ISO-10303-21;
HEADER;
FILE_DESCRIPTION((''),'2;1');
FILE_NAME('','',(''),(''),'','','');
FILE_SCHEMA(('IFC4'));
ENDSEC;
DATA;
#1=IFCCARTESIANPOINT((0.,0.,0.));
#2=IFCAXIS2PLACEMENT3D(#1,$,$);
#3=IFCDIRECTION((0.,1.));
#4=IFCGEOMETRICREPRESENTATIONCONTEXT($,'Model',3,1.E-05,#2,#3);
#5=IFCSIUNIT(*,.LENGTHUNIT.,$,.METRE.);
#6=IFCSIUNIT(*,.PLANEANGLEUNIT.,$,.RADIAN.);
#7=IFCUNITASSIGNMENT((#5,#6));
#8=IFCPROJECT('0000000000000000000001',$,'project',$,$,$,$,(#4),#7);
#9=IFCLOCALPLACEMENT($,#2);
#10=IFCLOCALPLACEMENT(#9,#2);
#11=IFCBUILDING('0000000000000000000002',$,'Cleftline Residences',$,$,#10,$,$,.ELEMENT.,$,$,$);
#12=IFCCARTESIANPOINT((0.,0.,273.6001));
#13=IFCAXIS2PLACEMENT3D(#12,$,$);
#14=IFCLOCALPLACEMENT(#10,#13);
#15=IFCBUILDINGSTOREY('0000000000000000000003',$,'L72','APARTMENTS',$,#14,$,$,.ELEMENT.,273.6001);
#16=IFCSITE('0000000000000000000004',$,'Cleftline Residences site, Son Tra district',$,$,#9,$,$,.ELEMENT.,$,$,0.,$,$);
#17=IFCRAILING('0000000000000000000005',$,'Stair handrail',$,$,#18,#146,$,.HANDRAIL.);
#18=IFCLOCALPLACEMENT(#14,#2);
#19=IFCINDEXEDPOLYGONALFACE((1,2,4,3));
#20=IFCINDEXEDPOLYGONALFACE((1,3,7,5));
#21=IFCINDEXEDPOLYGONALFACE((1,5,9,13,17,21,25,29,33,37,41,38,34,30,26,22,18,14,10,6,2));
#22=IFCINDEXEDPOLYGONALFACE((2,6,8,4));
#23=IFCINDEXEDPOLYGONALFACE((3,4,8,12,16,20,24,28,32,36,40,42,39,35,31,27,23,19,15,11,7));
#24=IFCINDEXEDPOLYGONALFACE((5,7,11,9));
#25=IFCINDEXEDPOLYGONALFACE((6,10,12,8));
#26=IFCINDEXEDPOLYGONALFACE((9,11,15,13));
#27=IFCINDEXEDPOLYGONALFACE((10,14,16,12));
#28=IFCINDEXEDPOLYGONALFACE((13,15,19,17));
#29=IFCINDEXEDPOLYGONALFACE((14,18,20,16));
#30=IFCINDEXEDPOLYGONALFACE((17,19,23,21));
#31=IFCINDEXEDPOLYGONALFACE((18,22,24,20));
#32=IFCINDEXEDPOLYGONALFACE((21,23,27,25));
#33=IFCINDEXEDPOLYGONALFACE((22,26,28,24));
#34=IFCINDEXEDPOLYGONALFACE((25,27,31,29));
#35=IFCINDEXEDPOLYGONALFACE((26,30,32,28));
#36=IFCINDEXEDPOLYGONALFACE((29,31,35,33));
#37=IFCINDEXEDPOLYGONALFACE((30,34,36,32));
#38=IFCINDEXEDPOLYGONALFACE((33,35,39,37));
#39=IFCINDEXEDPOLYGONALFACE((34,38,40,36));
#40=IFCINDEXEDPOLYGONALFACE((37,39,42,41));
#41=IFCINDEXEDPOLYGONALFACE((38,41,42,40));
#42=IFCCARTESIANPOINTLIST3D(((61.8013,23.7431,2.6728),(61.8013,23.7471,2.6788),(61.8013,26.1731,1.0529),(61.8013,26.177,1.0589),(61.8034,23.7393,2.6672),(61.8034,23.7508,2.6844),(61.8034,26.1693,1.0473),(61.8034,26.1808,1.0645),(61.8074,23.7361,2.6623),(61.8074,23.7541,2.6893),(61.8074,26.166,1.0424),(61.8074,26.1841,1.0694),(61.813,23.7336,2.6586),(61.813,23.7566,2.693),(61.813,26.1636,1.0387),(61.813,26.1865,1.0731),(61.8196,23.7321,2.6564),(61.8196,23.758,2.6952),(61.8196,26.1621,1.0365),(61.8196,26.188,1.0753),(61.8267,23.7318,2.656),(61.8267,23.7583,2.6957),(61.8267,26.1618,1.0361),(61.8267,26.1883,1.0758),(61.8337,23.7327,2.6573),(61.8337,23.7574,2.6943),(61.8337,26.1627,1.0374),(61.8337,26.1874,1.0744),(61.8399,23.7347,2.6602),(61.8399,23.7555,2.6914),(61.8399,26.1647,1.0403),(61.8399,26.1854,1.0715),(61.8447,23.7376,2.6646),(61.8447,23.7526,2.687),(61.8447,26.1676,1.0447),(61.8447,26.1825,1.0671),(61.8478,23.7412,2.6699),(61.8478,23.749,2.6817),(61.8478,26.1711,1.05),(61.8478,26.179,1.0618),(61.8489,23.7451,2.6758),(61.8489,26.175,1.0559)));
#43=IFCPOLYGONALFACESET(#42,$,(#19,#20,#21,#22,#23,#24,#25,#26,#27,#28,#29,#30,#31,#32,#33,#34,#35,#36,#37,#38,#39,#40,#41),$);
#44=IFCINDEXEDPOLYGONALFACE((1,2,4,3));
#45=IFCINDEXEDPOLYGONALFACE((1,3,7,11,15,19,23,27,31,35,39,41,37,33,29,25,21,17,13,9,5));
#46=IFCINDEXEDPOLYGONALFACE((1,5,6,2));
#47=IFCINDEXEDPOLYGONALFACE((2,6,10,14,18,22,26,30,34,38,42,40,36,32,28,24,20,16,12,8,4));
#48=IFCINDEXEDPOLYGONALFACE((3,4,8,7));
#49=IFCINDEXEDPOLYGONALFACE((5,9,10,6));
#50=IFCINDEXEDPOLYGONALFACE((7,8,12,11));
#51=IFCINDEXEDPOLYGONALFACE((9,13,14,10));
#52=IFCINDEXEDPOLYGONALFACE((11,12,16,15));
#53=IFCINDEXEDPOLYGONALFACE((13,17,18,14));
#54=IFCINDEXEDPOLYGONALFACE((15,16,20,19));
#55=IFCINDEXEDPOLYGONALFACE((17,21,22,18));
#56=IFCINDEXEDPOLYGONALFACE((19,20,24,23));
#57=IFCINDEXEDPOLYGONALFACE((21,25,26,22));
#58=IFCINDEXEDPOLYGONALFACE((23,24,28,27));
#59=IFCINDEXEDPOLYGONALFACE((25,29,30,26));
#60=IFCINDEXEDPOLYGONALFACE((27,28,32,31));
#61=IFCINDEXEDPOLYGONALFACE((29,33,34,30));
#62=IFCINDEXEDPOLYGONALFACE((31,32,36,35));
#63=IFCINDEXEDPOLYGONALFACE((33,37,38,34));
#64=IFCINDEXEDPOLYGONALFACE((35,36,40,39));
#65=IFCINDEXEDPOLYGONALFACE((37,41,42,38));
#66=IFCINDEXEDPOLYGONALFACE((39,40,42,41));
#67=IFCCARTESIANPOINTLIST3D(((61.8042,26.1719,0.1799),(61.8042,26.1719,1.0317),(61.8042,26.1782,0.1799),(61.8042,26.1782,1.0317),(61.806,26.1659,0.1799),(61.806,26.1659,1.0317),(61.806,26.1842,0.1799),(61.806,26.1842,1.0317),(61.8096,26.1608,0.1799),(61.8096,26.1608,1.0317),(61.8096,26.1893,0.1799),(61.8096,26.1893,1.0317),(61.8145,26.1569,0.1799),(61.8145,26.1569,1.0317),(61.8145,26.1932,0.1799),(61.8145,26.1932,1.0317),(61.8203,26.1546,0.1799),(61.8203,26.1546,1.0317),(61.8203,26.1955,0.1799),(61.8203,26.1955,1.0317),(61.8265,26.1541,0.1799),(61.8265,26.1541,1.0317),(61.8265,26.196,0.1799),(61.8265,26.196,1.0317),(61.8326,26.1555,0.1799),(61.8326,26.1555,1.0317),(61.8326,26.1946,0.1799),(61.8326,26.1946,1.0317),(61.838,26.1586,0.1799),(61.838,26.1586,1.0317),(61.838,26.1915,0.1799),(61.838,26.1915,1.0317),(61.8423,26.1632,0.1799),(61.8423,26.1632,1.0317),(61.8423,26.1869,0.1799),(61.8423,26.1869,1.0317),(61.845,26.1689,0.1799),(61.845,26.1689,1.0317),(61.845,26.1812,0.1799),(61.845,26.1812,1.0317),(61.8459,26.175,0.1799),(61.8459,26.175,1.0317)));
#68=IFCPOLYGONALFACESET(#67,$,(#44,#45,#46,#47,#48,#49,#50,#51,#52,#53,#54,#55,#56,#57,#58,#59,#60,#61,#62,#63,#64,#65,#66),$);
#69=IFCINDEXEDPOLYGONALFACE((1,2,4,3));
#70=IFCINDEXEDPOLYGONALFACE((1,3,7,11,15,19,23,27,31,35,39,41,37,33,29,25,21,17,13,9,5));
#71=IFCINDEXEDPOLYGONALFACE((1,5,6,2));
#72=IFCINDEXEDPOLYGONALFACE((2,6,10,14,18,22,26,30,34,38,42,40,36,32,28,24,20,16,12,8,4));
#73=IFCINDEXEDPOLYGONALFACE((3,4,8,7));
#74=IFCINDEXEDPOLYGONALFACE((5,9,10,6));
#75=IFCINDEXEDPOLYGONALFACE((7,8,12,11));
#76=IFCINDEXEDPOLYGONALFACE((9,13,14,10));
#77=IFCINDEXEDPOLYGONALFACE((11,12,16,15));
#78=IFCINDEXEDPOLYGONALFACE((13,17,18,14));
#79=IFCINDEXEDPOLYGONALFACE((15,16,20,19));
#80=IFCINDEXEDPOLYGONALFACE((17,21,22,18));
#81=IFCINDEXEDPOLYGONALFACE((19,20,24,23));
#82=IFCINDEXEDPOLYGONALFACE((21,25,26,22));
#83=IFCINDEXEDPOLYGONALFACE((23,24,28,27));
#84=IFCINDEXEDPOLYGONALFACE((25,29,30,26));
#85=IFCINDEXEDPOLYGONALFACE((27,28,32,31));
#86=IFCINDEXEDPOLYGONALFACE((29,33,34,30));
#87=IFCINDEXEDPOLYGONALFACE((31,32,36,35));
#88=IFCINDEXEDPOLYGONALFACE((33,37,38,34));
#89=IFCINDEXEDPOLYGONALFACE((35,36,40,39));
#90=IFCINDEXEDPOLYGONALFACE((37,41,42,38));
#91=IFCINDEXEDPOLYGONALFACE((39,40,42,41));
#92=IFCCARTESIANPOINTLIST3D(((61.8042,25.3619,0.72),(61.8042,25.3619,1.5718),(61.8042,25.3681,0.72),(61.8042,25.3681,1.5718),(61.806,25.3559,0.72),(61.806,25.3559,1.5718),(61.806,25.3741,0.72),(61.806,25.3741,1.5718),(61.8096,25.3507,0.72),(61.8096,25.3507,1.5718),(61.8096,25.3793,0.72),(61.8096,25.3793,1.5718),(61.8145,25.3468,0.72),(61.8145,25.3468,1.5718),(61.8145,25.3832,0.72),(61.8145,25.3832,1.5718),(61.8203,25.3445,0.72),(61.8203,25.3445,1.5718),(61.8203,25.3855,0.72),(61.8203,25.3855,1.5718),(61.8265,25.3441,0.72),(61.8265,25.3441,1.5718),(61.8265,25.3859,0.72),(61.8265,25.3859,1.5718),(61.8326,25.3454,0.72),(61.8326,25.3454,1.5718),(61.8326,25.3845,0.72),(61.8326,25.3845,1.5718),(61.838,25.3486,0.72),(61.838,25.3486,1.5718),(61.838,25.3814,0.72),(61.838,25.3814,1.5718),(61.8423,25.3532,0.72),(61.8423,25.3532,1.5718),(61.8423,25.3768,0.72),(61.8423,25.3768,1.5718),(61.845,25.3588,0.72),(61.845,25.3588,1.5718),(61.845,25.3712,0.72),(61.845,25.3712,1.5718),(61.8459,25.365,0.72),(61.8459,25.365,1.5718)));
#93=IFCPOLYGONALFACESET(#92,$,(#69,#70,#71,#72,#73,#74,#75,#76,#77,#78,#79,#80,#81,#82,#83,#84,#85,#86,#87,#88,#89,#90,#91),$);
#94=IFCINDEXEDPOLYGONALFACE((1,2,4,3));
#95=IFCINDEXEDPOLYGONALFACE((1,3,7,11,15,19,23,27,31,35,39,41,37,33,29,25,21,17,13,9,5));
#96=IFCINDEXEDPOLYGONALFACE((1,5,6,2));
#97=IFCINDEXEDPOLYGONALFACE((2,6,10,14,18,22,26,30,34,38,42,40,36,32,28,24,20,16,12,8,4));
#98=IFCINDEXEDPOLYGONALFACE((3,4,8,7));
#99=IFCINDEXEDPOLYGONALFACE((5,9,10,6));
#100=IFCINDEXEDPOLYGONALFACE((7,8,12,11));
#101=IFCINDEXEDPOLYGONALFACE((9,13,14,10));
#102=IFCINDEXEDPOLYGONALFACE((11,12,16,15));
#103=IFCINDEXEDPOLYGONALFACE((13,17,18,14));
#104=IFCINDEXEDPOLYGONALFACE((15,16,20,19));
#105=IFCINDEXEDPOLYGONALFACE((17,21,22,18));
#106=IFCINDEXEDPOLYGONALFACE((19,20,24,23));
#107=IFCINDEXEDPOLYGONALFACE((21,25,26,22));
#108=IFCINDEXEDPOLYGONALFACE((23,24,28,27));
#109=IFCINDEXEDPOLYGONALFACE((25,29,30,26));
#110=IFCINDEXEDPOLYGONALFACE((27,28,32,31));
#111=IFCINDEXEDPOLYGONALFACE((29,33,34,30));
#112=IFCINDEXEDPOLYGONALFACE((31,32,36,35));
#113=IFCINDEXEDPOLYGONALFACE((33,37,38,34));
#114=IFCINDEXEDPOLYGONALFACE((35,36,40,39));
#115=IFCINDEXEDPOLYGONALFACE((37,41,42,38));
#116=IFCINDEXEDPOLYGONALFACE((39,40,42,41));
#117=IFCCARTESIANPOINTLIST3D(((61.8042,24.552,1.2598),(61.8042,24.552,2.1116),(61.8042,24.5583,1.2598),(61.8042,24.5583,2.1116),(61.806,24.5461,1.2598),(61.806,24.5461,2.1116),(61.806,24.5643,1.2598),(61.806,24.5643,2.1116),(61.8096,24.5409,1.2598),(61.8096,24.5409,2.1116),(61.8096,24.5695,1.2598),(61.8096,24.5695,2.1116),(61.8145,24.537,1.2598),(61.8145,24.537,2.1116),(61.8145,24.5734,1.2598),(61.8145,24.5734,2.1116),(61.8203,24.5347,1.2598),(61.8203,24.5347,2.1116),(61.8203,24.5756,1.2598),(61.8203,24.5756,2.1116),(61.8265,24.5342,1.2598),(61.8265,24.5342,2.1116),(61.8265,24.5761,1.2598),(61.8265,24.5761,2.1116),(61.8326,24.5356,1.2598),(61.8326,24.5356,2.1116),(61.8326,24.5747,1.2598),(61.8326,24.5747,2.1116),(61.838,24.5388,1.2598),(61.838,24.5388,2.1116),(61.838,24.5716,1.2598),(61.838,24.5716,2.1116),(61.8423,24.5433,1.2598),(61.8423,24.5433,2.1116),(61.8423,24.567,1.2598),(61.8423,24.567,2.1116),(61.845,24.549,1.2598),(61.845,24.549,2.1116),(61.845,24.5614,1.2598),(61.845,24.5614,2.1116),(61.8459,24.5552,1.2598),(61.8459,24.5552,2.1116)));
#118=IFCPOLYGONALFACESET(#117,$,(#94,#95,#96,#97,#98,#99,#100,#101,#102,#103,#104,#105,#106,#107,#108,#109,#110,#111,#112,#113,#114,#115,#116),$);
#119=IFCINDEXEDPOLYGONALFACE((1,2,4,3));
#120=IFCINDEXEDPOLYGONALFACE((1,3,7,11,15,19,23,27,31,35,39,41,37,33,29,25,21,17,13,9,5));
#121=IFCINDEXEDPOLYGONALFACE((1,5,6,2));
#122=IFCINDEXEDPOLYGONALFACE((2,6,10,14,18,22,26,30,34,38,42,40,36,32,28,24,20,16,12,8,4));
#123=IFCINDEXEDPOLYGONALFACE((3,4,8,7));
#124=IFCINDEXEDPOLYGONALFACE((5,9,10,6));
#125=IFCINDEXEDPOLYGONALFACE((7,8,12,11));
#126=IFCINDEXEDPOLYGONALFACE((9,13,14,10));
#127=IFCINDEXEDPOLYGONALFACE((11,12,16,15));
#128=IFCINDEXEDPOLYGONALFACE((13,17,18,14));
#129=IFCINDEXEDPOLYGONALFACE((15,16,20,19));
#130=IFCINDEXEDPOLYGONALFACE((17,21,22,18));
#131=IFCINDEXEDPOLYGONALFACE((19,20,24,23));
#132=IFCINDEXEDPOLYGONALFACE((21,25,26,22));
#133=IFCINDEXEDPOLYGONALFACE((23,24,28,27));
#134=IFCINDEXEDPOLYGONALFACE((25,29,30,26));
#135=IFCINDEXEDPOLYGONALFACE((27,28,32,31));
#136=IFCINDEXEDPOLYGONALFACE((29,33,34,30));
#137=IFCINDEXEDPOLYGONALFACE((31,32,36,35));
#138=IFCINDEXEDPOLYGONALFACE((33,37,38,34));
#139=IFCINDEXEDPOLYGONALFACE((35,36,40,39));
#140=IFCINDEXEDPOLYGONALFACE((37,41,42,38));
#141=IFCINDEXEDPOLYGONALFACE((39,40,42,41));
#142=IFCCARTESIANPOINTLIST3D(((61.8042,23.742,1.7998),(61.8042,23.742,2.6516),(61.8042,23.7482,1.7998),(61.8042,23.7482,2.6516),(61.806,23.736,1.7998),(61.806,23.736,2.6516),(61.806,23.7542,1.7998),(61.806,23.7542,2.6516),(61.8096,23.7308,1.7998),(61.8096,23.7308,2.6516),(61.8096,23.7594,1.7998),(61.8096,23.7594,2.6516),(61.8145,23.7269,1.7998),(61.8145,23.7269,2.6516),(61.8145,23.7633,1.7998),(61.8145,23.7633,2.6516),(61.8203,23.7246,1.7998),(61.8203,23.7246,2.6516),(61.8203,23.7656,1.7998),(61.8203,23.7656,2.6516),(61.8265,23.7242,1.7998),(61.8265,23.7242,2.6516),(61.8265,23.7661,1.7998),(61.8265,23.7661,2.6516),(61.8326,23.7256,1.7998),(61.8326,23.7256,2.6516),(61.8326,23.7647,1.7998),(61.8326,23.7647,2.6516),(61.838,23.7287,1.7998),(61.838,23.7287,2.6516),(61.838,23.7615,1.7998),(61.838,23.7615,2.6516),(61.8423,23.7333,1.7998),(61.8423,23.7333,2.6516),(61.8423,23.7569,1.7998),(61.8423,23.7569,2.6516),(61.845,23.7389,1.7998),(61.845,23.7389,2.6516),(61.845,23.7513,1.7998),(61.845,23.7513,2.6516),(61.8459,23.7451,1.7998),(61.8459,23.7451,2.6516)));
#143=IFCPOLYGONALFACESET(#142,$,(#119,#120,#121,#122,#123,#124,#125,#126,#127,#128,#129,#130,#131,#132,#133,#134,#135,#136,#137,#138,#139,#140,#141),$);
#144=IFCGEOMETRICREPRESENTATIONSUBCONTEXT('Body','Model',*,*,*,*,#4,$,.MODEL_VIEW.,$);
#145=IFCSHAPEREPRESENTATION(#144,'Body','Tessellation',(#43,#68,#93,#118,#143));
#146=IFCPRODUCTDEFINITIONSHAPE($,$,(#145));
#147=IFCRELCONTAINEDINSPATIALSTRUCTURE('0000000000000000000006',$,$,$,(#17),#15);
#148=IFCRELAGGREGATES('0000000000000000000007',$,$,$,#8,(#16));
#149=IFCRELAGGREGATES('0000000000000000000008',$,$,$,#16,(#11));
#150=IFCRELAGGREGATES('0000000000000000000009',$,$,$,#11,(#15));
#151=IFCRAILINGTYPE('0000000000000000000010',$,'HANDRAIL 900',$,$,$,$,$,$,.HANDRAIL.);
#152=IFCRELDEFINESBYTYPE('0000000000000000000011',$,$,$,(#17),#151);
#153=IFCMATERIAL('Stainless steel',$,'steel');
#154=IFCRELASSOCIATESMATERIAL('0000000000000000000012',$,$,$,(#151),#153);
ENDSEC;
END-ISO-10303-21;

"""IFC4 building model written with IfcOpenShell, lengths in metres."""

from ifc_helpers import new_model, si_unit, direction, frame, origin, origin_2d, place, context, subcontext, project, spatial, circle, extrude, material, type_object, element, save


model = new_model("IFC4")

# Units and contexts
model_context = context("Model", 3, precision=1e-05, world=origin(), true_north=direction((0.0, 1.0)))
body_context = subcontext(model_context, "Body", "Model", "MODEL_VIEW")
ifc_project = project(units=[si_unit("LENGTHUNIT", "METRE"), si_unit("PLANEANGLEUNIT", "RADIAN")], contexts=[model_context])

# Site, building, storey
site_placement = place(None, origin())
site = spatial("IfcSite", under=ifc_project, at=site_placement, Name="Cleftline Residences site, Son Tra district", CompositionType="ELEMENT", RefElevation=0.0)
building_placement = place(site_placement, origin())
building = spatial("IfcBuilding", under=site, at=building_placement, Name="Cleftline Residences", CompositionType="ELEMENT")
storey_placement = place(building_placement, frame((0.0, 0.0, 273.6001)))
storey = spatial("IfcBuildingStorey", under=building, at=storey_placement, Name="L72", Description="APARTMENTS", CompositionType="ELEMENT", Elevation=273.6001)

# Railing
ifc_material_1 = material(Name="Stainless steel", Category="steel")
railing_type = type_object("IfcRailingType", Name="HANDRAIL 900", PredefinedType="HANDRAIL", material=ifc_material_1)
railing_placement = place(storey_placement, frame((61.825, 26.175, 0.1799)))
element("IfcRailing", 1, at=railing_placement, inside=storey, type_object=railing_type, Name="Stair handrail", PredefinedType="HANDRAIL", context=body_context, shape_type="SweptSolid", body=[
    extrude(circle(Radius=0.0239, at=origin_2d()), frame((0.0, 0.0, 0.876), z_axis=(0.0, -0.832063, 0.554681), x_axis=(1.0, 0.0, 0.0)), (0.0, 0.0, 1.0), 2.9204),
    extrude(circle(Radius=0.021, at=origin_2d()), origin(), (0.0, 0.0, 1.0), 0.8518),
    extrude(circle(Radius=0.021, at=origin_2d()), frame((0.0, -0.8101, 0.54)), (0.0, 0.0, 1.0), 0.8518),
    extrude(circle(Radius=0.021, at=origin_2d()), frame((0.0, -1.6199, 1.0798)), (0.0, 0.0, 1.0), 0.8518),
    extrude(circle(Radius=0.021, at=origin_2d()), frame((0.0, -2.4299, 1.6199)), (0.0, 0.0, 1.0), 0.8518),
])

save(model, "model.ifc")
